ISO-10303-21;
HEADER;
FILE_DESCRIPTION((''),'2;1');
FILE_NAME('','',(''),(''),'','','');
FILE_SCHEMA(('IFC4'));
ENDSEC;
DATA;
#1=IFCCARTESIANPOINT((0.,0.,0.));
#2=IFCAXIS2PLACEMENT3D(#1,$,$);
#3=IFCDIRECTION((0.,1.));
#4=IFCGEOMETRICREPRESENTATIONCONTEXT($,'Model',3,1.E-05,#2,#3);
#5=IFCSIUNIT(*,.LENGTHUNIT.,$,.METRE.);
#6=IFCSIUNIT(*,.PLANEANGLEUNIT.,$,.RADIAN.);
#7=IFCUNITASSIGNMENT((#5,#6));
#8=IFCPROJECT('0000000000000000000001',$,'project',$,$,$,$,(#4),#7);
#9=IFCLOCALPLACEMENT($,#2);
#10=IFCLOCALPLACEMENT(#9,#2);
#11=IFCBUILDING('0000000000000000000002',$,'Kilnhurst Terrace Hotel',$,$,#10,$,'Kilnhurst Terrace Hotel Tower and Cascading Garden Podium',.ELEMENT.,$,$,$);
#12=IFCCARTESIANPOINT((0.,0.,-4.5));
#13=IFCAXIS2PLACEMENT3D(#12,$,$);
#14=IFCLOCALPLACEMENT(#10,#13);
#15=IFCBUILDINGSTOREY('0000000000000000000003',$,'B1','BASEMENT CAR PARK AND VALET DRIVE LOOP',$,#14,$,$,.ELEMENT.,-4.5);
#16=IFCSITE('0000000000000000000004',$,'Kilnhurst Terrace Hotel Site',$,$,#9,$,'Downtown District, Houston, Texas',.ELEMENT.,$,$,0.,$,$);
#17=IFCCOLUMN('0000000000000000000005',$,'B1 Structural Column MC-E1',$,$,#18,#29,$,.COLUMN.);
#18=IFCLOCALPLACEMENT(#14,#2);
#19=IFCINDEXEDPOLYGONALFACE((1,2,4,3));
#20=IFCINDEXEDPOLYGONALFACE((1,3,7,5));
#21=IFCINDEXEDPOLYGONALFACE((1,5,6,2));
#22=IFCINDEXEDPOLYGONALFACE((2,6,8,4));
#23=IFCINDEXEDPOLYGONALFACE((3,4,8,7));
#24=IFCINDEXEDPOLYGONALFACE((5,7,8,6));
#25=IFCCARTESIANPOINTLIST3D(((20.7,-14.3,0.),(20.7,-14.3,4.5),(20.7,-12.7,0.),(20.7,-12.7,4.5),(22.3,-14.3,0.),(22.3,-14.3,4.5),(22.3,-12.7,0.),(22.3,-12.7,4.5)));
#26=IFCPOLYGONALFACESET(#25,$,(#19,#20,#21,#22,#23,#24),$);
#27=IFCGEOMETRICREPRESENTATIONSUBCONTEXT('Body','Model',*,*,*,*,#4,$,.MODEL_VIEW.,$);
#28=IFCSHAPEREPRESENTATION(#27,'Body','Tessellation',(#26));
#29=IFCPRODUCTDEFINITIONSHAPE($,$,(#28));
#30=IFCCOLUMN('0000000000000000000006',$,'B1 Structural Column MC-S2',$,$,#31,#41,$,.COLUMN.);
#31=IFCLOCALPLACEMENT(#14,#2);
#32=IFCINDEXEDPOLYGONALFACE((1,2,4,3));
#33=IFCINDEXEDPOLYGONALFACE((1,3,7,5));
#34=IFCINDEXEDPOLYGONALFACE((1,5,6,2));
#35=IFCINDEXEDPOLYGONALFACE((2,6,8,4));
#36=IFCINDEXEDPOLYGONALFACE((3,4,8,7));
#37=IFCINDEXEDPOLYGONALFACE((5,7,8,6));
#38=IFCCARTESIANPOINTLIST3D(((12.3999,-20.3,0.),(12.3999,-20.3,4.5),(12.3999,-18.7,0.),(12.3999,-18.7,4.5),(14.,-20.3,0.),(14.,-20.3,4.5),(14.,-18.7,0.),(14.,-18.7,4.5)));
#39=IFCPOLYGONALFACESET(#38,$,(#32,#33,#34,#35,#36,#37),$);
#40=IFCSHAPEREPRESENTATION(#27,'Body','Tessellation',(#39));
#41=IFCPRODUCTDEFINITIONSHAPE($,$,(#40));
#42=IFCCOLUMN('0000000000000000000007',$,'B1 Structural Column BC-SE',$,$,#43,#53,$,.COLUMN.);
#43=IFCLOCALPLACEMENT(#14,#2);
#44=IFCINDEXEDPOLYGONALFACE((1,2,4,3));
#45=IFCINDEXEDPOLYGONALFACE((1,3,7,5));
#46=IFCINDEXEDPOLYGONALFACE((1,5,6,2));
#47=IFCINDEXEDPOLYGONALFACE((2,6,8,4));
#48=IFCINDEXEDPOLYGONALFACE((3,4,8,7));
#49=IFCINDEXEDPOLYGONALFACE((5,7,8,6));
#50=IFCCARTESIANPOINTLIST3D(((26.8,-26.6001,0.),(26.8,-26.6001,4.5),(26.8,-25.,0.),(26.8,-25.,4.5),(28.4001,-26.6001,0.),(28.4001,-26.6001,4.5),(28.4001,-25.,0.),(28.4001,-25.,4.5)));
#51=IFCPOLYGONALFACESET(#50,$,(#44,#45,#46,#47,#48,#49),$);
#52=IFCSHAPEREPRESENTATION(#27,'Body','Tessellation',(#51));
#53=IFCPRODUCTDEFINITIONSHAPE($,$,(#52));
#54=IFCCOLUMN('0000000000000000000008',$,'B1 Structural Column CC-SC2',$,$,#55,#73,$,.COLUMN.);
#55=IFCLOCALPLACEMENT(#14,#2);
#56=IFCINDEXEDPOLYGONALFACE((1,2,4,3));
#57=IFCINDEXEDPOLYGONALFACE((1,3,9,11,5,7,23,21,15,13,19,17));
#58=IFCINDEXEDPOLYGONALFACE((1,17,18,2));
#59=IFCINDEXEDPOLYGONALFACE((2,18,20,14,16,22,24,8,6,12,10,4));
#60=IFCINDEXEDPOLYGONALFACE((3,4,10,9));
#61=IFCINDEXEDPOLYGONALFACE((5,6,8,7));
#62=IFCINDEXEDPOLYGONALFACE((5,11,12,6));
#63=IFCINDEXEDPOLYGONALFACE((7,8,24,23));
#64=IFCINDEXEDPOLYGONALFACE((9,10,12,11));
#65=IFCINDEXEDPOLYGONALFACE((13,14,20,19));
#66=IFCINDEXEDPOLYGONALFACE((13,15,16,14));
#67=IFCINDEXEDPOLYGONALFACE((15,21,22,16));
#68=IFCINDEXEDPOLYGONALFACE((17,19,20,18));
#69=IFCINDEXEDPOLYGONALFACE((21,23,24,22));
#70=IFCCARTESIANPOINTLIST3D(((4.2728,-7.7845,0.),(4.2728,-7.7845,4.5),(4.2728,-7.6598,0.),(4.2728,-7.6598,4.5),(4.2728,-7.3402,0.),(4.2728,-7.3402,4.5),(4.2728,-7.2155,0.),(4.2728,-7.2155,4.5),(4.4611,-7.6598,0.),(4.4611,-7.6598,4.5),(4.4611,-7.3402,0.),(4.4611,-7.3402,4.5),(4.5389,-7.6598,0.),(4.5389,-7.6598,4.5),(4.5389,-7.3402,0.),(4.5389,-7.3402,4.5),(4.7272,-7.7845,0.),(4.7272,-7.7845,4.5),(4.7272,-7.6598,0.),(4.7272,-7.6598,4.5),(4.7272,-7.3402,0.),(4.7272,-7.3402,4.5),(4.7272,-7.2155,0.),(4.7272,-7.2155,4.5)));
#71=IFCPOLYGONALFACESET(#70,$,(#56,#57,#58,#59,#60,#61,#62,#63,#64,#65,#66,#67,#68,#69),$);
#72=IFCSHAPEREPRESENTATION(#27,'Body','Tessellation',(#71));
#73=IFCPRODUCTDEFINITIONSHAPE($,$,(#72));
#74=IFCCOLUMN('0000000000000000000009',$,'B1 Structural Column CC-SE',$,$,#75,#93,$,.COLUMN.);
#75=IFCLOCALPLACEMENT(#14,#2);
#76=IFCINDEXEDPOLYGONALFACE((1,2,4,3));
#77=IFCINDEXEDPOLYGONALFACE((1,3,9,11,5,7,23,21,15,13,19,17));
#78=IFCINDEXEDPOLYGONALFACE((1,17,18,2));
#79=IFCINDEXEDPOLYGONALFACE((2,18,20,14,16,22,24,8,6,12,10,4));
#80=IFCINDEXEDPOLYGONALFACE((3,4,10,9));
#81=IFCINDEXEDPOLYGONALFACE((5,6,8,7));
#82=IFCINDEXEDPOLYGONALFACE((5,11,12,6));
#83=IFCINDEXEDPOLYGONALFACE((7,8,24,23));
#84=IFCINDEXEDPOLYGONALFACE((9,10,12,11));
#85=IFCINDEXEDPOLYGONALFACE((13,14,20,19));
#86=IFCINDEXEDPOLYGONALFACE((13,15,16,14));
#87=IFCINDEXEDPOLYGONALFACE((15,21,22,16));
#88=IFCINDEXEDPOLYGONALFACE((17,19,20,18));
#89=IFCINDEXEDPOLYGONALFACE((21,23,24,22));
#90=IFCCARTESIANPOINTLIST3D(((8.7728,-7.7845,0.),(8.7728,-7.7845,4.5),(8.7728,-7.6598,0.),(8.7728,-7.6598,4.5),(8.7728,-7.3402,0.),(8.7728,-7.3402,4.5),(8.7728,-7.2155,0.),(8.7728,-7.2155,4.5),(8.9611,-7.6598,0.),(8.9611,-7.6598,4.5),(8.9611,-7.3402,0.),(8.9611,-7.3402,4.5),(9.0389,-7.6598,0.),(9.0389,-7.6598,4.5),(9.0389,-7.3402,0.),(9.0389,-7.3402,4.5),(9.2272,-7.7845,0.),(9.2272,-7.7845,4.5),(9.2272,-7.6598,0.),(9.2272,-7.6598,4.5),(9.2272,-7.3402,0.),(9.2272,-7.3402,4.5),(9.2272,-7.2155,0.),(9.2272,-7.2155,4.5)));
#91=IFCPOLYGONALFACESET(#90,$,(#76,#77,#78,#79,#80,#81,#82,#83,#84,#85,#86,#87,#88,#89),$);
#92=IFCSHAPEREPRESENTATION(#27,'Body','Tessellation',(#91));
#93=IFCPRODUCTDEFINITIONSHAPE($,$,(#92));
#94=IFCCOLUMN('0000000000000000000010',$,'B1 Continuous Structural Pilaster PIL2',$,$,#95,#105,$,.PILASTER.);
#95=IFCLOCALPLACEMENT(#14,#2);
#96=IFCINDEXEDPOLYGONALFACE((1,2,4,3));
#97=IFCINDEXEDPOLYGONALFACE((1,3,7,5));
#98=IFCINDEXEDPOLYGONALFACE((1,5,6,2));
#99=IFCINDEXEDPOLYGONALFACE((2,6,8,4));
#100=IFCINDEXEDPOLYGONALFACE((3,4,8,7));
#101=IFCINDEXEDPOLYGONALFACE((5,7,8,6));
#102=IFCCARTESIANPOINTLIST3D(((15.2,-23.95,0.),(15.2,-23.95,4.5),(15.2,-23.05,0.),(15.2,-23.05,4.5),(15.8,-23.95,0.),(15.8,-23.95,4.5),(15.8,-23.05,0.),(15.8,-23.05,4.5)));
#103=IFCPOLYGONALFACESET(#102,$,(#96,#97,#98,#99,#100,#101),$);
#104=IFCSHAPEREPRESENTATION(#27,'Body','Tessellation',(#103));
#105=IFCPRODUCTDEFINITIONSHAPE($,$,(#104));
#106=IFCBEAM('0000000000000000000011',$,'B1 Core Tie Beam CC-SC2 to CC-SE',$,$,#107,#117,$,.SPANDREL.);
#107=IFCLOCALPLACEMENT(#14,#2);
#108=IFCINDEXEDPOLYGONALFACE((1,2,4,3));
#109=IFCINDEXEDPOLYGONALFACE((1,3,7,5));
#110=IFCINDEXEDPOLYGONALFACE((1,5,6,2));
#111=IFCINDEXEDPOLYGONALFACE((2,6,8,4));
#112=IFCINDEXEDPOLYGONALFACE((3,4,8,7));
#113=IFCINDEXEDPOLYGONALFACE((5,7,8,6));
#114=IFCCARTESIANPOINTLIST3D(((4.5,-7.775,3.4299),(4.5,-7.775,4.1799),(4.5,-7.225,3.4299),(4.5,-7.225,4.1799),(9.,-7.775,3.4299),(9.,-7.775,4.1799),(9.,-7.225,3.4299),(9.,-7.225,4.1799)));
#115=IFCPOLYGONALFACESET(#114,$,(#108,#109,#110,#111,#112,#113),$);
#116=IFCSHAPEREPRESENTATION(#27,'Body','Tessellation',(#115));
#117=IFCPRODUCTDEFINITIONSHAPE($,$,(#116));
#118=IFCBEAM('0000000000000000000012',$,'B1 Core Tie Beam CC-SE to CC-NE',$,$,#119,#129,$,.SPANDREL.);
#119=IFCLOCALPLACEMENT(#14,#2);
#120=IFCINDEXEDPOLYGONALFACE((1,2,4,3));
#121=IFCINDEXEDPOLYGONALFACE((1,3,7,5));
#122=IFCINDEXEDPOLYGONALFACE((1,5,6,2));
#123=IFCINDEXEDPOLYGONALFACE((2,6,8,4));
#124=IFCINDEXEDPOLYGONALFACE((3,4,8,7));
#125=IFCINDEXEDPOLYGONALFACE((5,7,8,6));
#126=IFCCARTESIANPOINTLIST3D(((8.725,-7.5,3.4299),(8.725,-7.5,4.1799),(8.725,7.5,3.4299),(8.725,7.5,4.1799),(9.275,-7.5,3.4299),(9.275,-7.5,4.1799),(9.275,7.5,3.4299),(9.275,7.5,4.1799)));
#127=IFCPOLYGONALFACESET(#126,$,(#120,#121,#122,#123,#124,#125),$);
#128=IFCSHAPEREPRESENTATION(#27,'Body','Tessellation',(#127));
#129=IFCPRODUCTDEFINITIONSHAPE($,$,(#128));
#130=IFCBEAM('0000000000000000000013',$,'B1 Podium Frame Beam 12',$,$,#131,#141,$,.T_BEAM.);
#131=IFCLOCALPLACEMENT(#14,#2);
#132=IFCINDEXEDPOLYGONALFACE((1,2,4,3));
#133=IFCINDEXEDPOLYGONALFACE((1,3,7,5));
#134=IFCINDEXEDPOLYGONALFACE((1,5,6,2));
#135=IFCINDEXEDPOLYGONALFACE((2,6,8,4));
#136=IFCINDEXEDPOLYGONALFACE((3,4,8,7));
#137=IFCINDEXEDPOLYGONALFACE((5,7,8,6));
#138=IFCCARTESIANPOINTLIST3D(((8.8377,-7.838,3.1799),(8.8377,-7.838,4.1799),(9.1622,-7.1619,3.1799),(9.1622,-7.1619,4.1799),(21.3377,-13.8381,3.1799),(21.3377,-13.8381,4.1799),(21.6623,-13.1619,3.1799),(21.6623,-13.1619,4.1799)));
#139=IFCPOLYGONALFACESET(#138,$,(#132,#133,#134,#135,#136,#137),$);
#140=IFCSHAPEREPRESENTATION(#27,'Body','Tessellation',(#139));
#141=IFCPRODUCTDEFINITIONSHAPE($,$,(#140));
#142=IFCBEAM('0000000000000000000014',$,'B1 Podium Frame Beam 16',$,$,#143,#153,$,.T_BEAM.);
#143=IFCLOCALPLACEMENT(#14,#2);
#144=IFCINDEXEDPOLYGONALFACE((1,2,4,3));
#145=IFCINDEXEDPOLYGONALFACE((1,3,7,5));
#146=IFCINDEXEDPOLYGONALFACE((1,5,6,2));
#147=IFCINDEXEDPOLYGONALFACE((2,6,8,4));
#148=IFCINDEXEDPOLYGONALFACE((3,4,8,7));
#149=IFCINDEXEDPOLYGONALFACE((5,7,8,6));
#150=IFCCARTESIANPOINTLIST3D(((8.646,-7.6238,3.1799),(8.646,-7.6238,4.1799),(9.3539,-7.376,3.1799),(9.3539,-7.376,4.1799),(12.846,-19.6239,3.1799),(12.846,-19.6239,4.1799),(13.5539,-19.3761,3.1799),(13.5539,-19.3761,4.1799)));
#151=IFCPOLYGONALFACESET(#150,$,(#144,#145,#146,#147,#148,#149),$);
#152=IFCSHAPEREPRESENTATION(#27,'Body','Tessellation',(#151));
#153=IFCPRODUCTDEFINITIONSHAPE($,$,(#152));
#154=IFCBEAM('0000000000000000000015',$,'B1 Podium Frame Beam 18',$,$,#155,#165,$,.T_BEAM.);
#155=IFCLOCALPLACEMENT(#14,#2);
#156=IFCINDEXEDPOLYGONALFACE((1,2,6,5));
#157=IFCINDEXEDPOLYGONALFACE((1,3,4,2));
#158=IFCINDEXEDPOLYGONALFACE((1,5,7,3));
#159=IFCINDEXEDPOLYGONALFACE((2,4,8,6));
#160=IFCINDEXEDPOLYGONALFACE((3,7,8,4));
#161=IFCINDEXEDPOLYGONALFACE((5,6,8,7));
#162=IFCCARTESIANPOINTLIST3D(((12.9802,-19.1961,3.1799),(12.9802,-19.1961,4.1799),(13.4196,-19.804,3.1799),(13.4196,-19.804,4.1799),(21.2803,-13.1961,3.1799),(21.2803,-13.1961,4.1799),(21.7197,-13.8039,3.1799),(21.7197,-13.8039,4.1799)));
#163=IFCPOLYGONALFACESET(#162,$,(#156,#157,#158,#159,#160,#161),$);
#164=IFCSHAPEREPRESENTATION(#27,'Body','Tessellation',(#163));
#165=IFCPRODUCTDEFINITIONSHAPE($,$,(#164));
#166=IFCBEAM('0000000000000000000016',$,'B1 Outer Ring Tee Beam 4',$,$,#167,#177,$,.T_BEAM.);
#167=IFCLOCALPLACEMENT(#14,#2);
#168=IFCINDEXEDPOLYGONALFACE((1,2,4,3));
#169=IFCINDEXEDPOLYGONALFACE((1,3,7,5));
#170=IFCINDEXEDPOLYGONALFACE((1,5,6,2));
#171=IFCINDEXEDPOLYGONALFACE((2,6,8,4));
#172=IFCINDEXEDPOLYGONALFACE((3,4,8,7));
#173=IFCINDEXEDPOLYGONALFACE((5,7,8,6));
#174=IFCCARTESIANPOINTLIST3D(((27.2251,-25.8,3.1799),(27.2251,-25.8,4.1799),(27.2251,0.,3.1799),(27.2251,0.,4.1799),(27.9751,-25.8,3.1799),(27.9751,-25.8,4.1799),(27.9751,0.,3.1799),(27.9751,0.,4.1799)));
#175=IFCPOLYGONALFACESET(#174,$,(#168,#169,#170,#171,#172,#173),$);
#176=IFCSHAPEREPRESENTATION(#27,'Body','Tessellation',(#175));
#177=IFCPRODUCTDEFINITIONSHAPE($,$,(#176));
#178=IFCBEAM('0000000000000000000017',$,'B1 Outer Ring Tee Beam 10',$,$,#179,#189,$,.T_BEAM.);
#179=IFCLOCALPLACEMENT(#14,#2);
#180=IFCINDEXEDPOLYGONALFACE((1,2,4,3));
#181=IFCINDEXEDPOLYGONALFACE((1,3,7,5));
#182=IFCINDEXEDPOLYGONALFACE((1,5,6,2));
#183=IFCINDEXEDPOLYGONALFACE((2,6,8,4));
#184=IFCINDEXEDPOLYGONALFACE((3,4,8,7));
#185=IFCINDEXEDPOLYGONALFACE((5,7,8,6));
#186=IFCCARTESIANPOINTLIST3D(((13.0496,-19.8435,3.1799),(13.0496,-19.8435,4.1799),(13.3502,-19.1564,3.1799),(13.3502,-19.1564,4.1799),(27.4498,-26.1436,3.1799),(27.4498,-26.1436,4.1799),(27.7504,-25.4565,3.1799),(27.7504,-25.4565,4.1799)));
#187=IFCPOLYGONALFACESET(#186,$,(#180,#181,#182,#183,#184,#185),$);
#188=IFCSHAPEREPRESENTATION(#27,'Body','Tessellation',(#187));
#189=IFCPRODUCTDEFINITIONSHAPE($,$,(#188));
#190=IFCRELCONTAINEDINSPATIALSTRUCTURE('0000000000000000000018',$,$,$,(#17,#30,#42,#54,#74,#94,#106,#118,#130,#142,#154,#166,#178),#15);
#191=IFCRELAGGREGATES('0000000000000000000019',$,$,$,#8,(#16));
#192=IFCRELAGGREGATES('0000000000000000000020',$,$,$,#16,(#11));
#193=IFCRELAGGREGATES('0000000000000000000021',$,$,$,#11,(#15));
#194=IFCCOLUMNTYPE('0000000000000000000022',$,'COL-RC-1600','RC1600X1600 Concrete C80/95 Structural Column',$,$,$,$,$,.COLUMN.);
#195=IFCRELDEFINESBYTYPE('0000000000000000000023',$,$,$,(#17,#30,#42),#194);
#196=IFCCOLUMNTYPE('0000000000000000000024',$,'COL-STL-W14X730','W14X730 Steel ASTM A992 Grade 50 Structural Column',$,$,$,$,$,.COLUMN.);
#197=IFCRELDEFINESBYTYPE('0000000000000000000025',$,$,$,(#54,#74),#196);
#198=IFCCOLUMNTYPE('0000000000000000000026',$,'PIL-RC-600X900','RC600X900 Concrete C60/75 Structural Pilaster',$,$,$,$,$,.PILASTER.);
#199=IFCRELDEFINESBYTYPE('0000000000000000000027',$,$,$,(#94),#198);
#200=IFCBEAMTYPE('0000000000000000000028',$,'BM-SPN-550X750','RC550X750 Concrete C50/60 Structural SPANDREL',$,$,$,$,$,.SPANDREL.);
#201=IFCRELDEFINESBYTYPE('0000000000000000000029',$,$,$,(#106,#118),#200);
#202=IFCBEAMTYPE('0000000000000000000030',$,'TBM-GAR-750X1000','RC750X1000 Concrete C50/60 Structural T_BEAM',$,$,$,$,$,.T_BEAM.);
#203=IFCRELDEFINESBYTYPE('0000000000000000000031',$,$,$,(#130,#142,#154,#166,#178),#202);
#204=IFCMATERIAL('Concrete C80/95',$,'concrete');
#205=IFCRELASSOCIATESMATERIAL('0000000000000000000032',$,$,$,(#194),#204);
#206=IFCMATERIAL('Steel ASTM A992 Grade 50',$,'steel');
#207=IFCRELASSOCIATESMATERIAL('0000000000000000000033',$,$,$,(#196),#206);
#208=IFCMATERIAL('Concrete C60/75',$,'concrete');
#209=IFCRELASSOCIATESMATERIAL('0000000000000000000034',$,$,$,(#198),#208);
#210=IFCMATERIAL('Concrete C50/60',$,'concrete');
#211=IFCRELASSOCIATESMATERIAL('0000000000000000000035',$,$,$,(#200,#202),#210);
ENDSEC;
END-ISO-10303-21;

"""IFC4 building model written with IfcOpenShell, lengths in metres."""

from ifc_helpers import new_model, si_unit, direction, frame, origin, origin_2d, place, context, subcontext, project, spatial, rectangle, i_section, extrude, material, material_profile, profile_set, type_object, element, save


model = new_model("IFC4")

# Units and contexts
model_context = context("Model", 3, precision=1e-05, world=origin(), true_north=direction((0.0, 1.0)))
body_context = subcontext(model_context, "Body", "Model", "MODEL_VIEW")
ifc_project = project(units=[si_unit("LENGTHUNIT", "METRE"), si_unit("PLANEANGLEUNIT", "RADIAN")], contexts=[model_context])

# Site, building, storey
site_placement = place(None, origin())
site = spatial("IfcSite", under=ifc_project, at=site_placement, Name="Kilnhurst Terrace Hotel Site", LongName="Downtown District, Houston, Texas", CompositionType="ELEMENT", RefElevation=0.0)
building_placement = place(site_placement, origin())
building = spatial("IfcBuilding", under=site, at=building_placement, Name="Kilnhurst Terrace Hotel", LongName="Kilnhurst Terrace Hotel Tower and Cascading Garden Podium", CompositionType="ELEMENT")
storey_placement = place(building_placement, frame((0.0, 0.0, -4.5)))
storey = spatial("IfcBuildingStorey", under=building, at=storey_placement, Name="B1", Description="BASEMENT CAR PARK AND VALET DRIVE LOOP", CompositionType="ELEMENT", Elevation=-4.5)

# Columns
ifc_material_1 = material(Name="Concrete C80/95", Category="concrete")
ifc_material_profile_1 = material_profile(ifc_material_1, rectangle(XDim=1.6001, YDim=1.6001, at=origin_2d()), Name="RC1600X1600")
ifc_profile_set_1 = profile_set([ifc_material_profile_1], Name="Concrete C80/95")
column_type_1 = type_object("IfcColumnType", Name="COL-RC-1600", Description="RC1600X1600 Concrete C80/95 Structural Column", PredefinedType="COLUMN", material=ifc_profile_set_1)
for number, where, z_axis, x_axis, name in (
    (1, (21.5, -13.5, 0.0), (0.0, 0.0, 1.0), (1.0, 0.0, 0.0), "B1 Structural Column MC-E1"),
    (2, (13.2, -19.5, 0.0), (0.0, 0.0, 1.0), (1.0, 0.0, 0.0), "B1 Structural Column MC-S2"),
    (3, (27.6001, -25.8, 0.0), (0.0, 0.0, 1.0), (1.0, 0.0, 0.0), "B1 Structural Column BC-SE"),
):
    element("IfcColumn", number, at=place(storey_placement, frame(where, z_axis=z_axis, x_axis=x_axis)), inside=storey, type_object=column_type_1, Name=name, PredefinedType="COLUMN", context=body_context, shape_type="SweptSolid", body=[
        extrude(rectangle(XDim=1.6001, YDim=1.6001, at=origin_2d()), origin(), (0.0, 0.0, 1.0), 4.5),
    ])
ifc_material_2 = material(Name="Steel ASTM A992 Grade 50", Category="steel")
ifc_material_profile_2 = material_profile(ifc_material_2, i_section(OverallWidth=0.4543, OverallDepth=0.5691, WebThickness=0.0779, FlangeThickness=0.1248, at=origin_2d()), Name="W14X730")
ifc_profile_set_2 = profile_set([ifc_material_profile_2], Name="Steel ASTM A992 Grade 50")
column_type_2 = type_object("IfcColumnType", Name="COL-STL-W14X730", Description="W14X730 Steel ASTM A992 Grade 50 Structural Column", PredefinedType="COLUMN", material=ifc_profile_set_2)
for number, where, z_axis, x_axis, name in (
    (4, (4.5, -7.5, 0.0), (0.0, 0.0, 1.0), (1.0, 0.0, 0.0), "B1 Structural Column CC-SC2"),
    (5, (9.0, -7.5, 0.0), (0.0, 0.0, 1.0), (1.0, 0.0, 0.0), "B1 Structural Column CC-SE"),
):
    element("IfcColumn", number, at=place(storey_placement, frame(where, z_axis=z_axis, x_axis=x_axis)), inside=storey, type_object=column_type_2, Name=name, PredefinedType="COLUMN", context=body_context, shape_type="SweptSolid", body=[
        extrude(i_section(OverallWidth=0.4543, OverallDepth=0.5691, WebThickness=0.0779, FlangeThickness=0.1248, at=origin_2d()), origin(), (0.0, 0.0, 1.0), 4.5),
    ])
ifc_material_3 = material(Name="Concrete C60/75", Category="concrete")
ifc_material_profile_3 = material_profile(ifc_material_3, rectangle(XDim=0.6001, YDim=0.8999, at=origin_2d()), Name="RC600X900")
ifc_profile_set_3 = profile_set([ifc_material_profile_3], Name="Concrete C60/75")
column_type_3 = type_object("IfcColumnType", Name="PIL-RC-600X900", Description="RC600X900 Concrete C60/75 Structural Pilaster", PredefinedType="PILASTER", material=ifc_profile_set_3)
column_placement = place(storey_placement, frame((15.5, -23.5, 0.0), z_axis=(0.0, 0.0, 1.0), x_axis=(1.0, 0.0, 0.0)))
element("IfcColumn", 6, at=column_placement, inside=storey, type_object=column_type_3, Name="B1 Continuous Structural Pilaster PIL2", PredefinedType="PILASTER", context=body_context, shape_type="SweptSolid", body=[
    extrude(rectangle(XDim=0.6001, YDim=0.8999, at=origin_2d()), origin(), (0.0, 0.0, 1.0), 4.5),
])

# Beams
ifc_material_4 = material(Name="Concrete C50/60", Category="concrete")
ifc_material_profile_4 = material_profile(ifc_material_4, rectangle(XDim=0.55, YDim=0.75, at=origin_2d()), Name="RC550X750")
ifc_profile_set_4 = profile_set([ifc_material_profile_4], Name="Concrete C50/60")
beam_type_1 = type_object("IfcBeamType", Name="BM-SPN-550X750", Description="RC550X750 Concrete C50/60 Structural SPANDREL", PredefinedType="SPANDREL", material=ifc_profile_set_4)
beam_1_placement = place(storey_placement, frame((4.5, -7.5, 3.8049), z_axis=(1.0, 0.0, 0.0), x_axis=(0.0, 1.0, 0.0)))
element("IfcBeam", 7, at=beam_1_placement, inside=storey, type_object=beam_type_1, Name="B1 Core Tie Beam CC-SC2 to CC-SE", PredefinedType="SPANDREL", context=body_context, shape_type="SweptSolid", body=[
    extrude(rectangle(XDim=0.55, YDim=0.75, at=origin_2d()), origin(), (0.0, 0.0, 1.0), 4.5),
])
beam_2_placement = place(storey_placement, frame((9.0, -7.5, 3.8049), z_axis=(0.0, 1.0, 0.0), x_axis=(-1.0, 0.0, 0.0)))
element("IfcBeam", 8, at=beam_2_placement, inside=storey, type_object=beam_type_1, Name="B1 Core Tie Beam CC-SE to CC-NE", PredefinedType="SPANDREL", context=body_context, shape_type="SweptSolid", body=[
    extrude(rectangle(XDim=0.55, YDim=0.75, at=origin_2d()), origin(), (0.0, 0.0, 1.0), 15.0),
])
ifc_material_profile_5 = material_profile(ifc_material_4, rectangle(XDim=0.75, YDim=1.0, at=origin_2d()), Name="RC750X1000")
ifc_profile_set_5 = profile_set([ifc_material_profile_5], Name="Concrete C50/60")
beam_type_2 = type_object("IfcBeamType", Name="TBM-GAR-750X1000", Description="RC750X1000 Concrete C50/60 Structural T_BEAM", PredefinedType="T_BEAM", material=ifc_profile_set_5)
beam_3_placement = place(storey_placement, frame((21.5, -13.5, 3.6799), z_axis=(-0.901523, 0.432731, 0.0), x_axis=(-0.432731, -0.901523, 0.0)))
element("IfcBeam", 9, at=beam_3_placement, inside=storey, type_object=beam_type_2, Name="B1 Podium Frame Beam 12", PredefinedType="T_BEAM", context=body_context, shape_type="SweptSolid", body=[
    extrude(rectangle(XDim=0.75, YDim=1.0, at=origin_2d()), origin(), (0.0, 0.0, 1.0), 13.8655),
])
beam_4_placement = place(storey_placement, frame((13.2, -19.5, 3.6799), z_axis=(-0.330347, 0.94386, 0.0), x_axis=(-0.94386, -0.330347, 0.0)))
element("IfcBeam", 10, at=beam_4_placement, inside=storey, type_object=beam_type_2, Name="B1 Podium Frame Beam 16", PredefinedType="T_BEAM", context=body_context, shape_type="SweptSolid", body=[
    extrude(rectangle(XDim=0.75, YDim=1.0, at=origin_2d()), origin(), (0.0, 0.0, 1.0), 12.7139),
])
beam_5_placement = place(storey_placement, frame((21.5, -13.5, 3.6799), z_axis=(-0.810423, -0.585845, 0.0), x_axis=(0.585845, -0.810423, 0.0)))
element("IfcBeam", 11, at=beam_5_placement, inside=storey, type_object=beam_type_2, Name="B1 Podium Frame Beam 18", PredefinedType="T_BEAM", context=body_context, shape_type="SweptSolid", body=[
    extrude(rectangle(XDim=0.75, YDim=1.0, at=origin_2d()), origin(), (0.0, 0.0, 1.0), 10.2417),
])
beam_6_placement = place(storey_placement, frame((27.6001, -25.8, 3.6799), z_axis=(0.0, 1.0, 0.0), x_axis=(-1.0, 0.0, 0.0)))
element("IfcBeam", 12, at=beam_6_placement, inside=storey, type_object=beam_type_2, Name="B1 Outer Ring Tee Beam 4", PredefinedType="T_BEAM", context=body_context, shape_type="SweptSolid", body=[
    extrude(rectangle(XDim=0.75, YDim=1.0, at=origin_2d()), origin(), (0.0, 0.0, 1.0), 25.8),
])
beam_7_placement = place(storey_placement, frame((27.6001, -25.8, 3.6799), z_axis=(-0.916158, 0.400818, 0.0), x_axis=(-0.400818, -0.916158, 0.0)))
element("IfcBeam", 13, at=beam_7_placement, inside=storey, type_object=beam_type_2, Name="B1 Outer Ring Tee Beam 10", PredefinedType="T_BEAM", context=body_context, shape_type="SweptSolid", body=[
    extrude(rectangle(XDim=0.75, YDim=1.0, at=origin_2d()), origin(), (0.0, 0.0, 1.0), 15.718),
])

save(model, "model.ifc")
